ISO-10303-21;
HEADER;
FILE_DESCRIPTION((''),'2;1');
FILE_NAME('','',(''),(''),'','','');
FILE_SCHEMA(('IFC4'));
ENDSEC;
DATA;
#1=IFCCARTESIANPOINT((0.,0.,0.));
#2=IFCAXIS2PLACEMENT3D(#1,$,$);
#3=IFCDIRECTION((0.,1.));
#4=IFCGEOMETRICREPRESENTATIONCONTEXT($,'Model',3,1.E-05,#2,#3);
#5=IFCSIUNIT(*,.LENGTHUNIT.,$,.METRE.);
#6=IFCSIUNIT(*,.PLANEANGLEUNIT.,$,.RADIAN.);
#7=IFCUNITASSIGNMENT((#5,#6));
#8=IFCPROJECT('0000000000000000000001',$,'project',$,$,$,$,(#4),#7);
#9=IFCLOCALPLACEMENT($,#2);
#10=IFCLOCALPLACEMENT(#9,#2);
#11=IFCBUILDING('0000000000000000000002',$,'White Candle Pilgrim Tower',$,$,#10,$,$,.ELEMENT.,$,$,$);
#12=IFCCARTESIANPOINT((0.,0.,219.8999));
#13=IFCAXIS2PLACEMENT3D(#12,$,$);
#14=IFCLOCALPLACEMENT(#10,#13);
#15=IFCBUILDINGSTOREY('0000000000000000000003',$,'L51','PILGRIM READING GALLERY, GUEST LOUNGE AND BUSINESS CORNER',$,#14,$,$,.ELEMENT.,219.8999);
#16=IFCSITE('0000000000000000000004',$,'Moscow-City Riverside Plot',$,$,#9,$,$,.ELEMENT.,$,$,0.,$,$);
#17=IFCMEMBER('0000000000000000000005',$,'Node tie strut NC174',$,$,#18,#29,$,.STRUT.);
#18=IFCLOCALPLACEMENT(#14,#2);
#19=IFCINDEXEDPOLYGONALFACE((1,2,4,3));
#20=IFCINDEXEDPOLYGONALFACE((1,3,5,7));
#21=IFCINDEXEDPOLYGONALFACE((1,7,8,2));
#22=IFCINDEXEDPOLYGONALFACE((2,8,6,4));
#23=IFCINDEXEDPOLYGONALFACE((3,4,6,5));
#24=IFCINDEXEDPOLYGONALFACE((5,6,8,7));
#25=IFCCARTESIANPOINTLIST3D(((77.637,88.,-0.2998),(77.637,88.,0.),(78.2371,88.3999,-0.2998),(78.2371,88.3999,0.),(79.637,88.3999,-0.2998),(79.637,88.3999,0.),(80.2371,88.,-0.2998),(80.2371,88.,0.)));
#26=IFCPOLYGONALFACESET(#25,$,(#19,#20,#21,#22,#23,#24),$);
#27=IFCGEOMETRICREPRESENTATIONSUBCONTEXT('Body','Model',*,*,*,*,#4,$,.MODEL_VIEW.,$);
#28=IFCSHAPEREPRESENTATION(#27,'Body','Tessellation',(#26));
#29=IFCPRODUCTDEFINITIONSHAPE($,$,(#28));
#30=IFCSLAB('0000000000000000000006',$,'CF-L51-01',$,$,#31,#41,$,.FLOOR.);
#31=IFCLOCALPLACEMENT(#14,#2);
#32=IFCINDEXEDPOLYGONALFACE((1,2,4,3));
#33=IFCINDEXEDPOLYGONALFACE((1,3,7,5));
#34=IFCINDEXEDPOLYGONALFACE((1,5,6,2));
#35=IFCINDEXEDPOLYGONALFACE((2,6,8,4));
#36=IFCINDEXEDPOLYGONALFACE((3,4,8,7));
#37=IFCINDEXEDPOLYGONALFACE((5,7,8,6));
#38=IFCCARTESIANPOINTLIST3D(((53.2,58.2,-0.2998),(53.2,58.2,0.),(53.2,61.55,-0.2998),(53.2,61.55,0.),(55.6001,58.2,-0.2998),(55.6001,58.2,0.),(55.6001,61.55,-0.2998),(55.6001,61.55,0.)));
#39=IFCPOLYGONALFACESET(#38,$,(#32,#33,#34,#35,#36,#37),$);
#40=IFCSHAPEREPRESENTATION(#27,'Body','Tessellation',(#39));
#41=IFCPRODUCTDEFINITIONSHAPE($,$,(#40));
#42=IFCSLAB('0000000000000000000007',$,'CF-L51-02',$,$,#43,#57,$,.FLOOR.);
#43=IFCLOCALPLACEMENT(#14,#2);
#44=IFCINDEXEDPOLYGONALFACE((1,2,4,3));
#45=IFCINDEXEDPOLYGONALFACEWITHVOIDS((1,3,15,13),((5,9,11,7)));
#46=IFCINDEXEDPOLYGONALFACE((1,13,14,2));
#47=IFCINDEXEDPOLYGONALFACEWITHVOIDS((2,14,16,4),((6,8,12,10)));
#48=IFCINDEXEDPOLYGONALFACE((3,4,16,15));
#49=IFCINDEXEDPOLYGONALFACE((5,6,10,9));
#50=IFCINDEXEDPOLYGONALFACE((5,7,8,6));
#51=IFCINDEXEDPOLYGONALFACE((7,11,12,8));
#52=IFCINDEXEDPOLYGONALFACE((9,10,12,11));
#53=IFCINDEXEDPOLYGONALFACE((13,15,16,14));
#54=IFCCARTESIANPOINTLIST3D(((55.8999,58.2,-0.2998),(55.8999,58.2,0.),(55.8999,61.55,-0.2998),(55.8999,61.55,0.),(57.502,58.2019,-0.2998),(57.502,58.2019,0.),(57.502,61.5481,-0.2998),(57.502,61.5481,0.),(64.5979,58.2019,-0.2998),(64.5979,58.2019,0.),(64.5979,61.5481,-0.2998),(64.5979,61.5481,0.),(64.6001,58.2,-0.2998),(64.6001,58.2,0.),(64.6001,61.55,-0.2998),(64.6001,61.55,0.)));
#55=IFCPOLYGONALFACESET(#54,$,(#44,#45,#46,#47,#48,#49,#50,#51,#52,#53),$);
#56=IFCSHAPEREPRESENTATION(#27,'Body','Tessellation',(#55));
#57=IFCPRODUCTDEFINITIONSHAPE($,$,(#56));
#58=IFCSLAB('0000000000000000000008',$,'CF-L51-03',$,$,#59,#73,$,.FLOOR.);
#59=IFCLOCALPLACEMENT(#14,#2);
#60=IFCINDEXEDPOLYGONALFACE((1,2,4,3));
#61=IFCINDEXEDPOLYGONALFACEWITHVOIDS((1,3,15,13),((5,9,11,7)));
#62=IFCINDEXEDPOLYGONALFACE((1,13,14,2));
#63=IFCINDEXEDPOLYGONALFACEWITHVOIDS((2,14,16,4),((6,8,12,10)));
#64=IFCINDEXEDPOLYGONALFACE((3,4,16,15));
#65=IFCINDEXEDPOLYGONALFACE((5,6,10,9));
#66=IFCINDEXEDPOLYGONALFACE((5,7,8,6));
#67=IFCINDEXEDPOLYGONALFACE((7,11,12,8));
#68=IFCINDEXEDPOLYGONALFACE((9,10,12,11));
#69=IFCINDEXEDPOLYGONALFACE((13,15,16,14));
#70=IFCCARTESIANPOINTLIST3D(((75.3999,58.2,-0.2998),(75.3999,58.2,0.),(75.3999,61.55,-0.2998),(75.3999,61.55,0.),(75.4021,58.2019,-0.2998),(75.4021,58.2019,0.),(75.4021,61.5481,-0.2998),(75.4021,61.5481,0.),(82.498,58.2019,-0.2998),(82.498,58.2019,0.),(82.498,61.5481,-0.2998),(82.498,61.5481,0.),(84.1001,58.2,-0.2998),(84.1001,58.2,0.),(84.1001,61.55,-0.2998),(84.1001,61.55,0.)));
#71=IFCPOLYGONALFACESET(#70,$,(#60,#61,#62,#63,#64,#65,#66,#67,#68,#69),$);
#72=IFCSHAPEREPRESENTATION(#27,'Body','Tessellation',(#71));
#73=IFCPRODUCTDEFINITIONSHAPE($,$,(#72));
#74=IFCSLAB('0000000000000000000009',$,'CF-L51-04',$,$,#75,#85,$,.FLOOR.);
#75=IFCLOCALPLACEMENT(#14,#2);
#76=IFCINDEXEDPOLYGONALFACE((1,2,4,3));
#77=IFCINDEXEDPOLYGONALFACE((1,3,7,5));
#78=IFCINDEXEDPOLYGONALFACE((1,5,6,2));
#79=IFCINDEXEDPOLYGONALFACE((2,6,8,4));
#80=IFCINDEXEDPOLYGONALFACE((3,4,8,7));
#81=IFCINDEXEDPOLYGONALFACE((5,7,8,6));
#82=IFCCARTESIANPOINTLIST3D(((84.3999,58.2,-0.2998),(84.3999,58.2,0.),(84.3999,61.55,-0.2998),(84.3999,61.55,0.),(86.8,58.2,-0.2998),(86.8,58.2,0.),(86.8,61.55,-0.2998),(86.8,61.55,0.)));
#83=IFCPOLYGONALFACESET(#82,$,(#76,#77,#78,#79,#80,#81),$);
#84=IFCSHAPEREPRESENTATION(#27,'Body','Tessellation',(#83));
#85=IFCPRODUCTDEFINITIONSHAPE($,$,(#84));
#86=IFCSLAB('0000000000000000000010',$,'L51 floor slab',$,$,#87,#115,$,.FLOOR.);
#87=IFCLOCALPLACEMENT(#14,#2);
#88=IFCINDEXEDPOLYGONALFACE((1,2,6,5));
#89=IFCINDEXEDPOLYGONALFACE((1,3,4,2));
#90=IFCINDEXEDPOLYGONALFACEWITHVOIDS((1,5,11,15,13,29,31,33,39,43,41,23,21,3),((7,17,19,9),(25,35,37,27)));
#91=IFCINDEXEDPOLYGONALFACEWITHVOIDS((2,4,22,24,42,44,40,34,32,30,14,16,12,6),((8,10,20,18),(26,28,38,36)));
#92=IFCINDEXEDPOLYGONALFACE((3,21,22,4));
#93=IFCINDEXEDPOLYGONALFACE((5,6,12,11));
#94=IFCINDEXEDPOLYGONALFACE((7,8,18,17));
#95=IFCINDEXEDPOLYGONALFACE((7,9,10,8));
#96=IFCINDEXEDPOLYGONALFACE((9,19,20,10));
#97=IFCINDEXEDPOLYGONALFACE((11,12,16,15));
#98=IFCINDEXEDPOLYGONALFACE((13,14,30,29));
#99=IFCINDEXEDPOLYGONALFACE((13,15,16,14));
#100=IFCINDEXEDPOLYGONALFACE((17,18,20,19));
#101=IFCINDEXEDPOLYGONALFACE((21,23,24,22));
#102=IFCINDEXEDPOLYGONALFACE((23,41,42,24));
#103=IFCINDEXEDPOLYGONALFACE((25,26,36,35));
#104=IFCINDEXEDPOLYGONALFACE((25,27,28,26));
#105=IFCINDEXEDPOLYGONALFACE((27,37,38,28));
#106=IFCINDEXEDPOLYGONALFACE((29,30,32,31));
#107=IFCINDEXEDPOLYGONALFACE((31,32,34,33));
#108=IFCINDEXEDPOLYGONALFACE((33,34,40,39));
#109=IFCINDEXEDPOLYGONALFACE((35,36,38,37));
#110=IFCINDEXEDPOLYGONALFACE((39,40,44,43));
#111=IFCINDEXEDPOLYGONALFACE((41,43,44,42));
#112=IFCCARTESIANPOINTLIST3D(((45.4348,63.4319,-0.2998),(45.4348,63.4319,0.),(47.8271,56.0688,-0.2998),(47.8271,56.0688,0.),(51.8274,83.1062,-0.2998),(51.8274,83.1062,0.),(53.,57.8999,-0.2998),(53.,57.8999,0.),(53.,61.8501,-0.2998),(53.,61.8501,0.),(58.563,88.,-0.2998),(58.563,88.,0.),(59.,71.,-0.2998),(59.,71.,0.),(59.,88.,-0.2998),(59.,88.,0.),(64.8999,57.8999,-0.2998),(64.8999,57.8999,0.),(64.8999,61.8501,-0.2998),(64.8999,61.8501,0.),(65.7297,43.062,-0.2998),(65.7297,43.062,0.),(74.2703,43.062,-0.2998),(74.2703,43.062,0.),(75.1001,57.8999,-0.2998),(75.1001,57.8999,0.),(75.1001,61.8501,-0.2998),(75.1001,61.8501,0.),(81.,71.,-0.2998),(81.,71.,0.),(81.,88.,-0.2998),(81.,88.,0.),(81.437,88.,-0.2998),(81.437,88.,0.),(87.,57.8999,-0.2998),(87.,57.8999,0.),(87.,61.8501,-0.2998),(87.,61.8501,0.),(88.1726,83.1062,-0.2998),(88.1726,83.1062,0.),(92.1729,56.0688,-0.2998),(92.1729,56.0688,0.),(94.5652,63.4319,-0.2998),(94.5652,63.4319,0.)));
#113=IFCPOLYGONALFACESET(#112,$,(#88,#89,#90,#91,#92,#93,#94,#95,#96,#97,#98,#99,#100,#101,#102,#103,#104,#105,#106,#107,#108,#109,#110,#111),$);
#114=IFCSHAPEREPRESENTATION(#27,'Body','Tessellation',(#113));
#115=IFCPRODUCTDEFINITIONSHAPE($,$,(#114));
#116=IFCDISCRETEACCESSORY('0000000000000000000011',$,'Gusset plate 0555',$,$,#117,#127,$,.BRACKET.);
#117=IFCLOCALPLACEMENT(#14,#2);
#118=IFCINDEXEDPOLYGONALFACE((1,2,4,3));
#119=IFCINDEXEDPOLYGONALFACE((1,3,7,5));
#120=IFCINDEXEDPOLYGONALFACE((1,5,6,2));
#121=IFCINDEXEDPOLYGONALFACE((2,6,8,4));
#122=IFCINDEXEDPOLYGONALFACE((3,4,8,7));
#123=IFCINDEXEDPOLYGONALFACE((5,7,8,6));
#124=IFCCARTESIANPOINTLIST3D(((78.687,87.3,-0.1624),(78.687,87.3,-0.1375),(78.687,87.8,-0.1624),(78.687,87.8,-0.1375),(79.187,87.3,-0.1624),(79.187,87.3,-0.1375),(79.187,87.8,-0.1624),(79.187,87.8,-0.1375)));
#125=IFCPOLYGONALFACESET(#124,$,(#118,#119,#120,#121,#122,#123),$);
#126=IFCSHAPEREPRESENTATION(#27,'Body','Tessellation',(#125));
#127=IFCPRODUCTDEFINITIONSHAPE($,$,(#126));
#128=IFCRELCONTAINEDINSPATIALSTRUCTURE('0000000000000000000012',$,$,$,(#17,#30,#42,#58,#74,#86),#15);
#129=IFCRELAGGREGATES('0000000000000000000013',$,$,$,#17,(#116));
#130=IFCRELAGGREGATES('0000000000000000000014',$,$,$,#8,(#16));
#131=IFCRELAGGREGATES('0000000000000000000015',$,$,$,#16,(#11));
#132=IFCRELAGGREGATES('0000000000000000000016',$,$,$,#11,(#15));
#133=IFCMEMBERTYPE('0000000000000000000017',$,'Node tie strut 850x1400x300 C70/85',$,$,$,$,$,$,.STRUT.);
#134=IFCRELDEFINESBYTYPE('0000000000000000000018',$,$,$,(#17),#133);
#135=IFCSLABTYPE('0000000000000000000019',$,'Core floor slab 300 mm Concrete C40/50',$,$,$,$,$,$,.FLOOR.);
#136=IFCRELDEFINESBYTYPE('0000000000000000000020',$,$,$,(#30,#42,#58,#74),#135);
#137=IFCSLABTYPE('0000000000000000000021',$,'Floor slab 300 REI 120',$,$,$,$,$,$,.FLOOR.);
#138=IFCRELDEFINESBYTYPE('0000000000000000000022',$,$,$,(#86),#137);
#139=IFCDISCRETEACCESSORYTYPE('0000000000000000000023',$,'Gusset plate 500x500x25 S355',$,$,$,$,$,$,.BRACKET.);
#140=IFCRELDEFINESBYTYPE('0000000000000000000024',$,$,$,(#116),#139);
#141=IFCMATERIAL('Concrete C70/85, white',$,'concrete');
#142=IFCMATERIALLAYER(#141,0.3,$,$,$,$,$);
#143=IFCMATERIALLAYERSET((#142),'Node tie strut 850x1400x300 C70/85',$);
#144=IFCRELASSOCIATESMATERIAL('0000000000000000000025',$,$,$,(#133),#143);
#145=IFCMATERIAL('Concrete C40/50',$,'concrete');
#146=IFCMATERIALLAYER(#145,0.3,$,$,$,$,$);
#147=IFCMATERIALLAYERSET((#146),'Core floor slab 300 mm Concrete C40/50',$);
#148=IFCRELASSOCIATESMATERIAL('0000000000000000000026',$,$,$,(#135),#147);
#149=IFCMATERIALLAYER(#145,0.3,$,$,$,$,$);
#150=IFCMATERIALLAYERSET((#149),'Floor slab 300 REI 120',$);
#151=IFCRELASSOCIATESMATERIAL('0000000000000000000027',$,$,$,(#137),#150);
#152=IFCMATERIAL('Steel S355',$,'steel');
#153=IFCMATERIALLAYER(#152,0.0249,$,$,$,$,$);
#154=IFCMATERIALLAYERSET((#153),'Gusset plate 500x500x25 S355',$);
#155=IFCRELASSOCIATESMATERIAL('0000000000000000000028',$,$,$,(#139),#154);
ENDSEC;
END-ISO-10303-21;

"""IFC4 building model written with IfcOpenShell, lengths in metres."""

from ifc_helpers import new_model, si_unit, direction, frame, origin, origin_2d, place, context, subcontext, project, spatial, polyline, rectangle, outline, extrude, material, layer, layer_set, type_object, element, aggregate, save


model = new_model("IFC4")

# Units and contexts
model_context = context("Model", 3, precision=1e-05, world=origin(), true_north=direction((0.0, 1.0)))
body_context = subcontext(model_context, "Body", "Model", "MODEL_VIEW")
ifc_project = project(units=[si_unit("LENGTHUNIT", "METRE"), si_unit("PLANEANGLEUNIT", "RADIAN")], contexts=[model_context])

# Site, building, storey
site_placement = place(None, origin())
site = spatial("IfcSite", under=ifc_project, at=site_placement, Name="Moscow-City Riverside Plot", CompositionType="ELEMENT", RefElevation=0.0)
building_placement = place(site_placement, origin())
building = spatial("IfcBuilding", under=site, at=building_placement, Name="White Candle Pilgrim Tower", CompositionType="ELEMENT")
storey_placement = place(building_placement, frame((0.0, 0.0, 219.8999)))
storey = spatial("IfcBuildingStorey", under=building, at=storey_placement, Name="L51", Description="PILGRIM READING GALLERY, GUEST LOUNGE AND BUSINESS CORNER", CompositionType="ELEMENT", Elevation=219.8999)

# Member
ifc_material_1 = material(Name="Concrete C70/85, white", Category="concrete")
ifc_layer_1 = layer(ifc_material_1, 0.3)
ifc_layer_set_1 = layer_set([ifc_layer_1], Name="Node tie strut 850x1400x300 C70/85")
member_type_1 = type_object("IfcMemberType", Name="Node tie strut 850x1400x300 C70/85", PredefinedType="STRUT", material=ifc_layer_set_1)
member_1_placement = place(storey_placement, frame((0.0, 0.0, -0.2998)))
member_1 = element("IfcMember", 1, at=member_1_placement, inside=storey, type_object=member_type_1, Name="Node tie strut NC174", PredefinedType="STRUT", context=body_context, shape_type="SweptSolid", body=[
    extrude(outline(polyline([(77.637, 88.0), (80.2371, 88.0), (79.637, 88.3999), (78.2371, 88.3999), (77.637, 88.0)])), origin(), (0.0, 0.0, 1.0), 0.2998),
])

# Slabs
ifc_material_2 = material(Name="Concrete C40/50", Category="concrete")
ifc_layer_2 = layer(ifc_material_2, 0.3)
ifc_layer_set_2 = layer_set([ifc_layer_2], Name="Core floor slab 300 mm Concrete C40/50")
slab_type_1 = type_object("IfcSlabType", Name="Core floor slab 300 mm Concrete C40/50", PredefinedType="FLOOR", material=ifc_layer_set_2)
slab_1_placement = place(storey_placement, frame((0.0, 0.0, -0.2998)))
element("IfcSlab", 2, at=slab_1_placement, inside=storey, type_object=slab_type_1, Name="CF-L51-01", PredefinedType="FLOOR", context=body_context, shape_type="SweptSolid", body=[
    extrude(outline(polyline([(55.6001, 58.2), (53.2, 58.2), (53.2, 61.55), (55.6001, 61.55), (55.6001, 58.2)])), origin(), (0.0, 0.0, 1.0), 0.2998),
])
slab_2_placement = place(storey_placement, frame((0.0, 0.0, -0.2998)))
element("IfcSlab", 3, at=slab_2_placement, inside=storey, type_object=slab_type_1, Name="CF-L51-02", PredefinedType="FLOOR", context=body_context, shape_type="SweptSolid", body=[
    extrude(outline(polyline([(55.8999, 58.2), (55.8999, 61.55), (64.6001, 61.55), (64.6001, 58.2), (55.8999, 58.2)]), holes=[polyline([(57.502, 61.5481), (57.502, 58.2019), (64.5979, 58.2019), (64.5979, 61.5481), (57.502, 61.5481)])]), origin(), (0.0, 0.0, 1.0), 0.2998),
])
slab_3_placement = place(storey_placement, frame((0.0, 0.0, -0.2998)))
element("IfcSlab", 4, at=slab_3_placement, inside=storey, type_object=slab_type_1, Name="CF-L51-03", PredefinedType="FLOOR", context=body_context, shape_type="SweptSolid", body=[
    extrude(outline(polyline([(75.3999, 58.2), (75.3999, 61.55), (84.1001, 61.55), (84.1001, 58.2), (75.3999, 58.2)]), holes=[polyline([(82.498, 58.2019), (82.498, 61.5481), (75.4021, 61.5481), (75.4021, 58.2019), (82.498, 58.2019)])]), origin(), (0.0, 0.0, 1.0), 0.2998),
])
slab_4_placement = place(storey_placement, frame((0.0, 0.0, -0.2998)))
element("IfcSlab", 5, at=slab_4_placement, inside=storey, type_object=slab_type_1, Name="CF-L51-04", PredefinedType="FLOOR", context=body_context, shape_type="SweptSolid", body=[
    extrude(outline(polyline([(86.8, 58.2), (84.3999, 58.2), (84.3999, 61.55), (86.8, 61.55), (86.8, 58.2)])), origin(), (0.0, 0.0, 1.0), 0.2998),
])
ifc_layer_3 = layer(ifc_material_2, 0.3)
ifc_layer_set_3 = layer_set([ifc_layer_3], Name="Floor slab 300 REI 120")
slab_type_2 = type_object("IfcSlabType", Name="Floor slab 300 REI 120", PredefinedType="FLOOR", material=ifc_layer_set_3)
slab_5_placement = place(storey_placement, frame((0.0, 0.0, -0.2998)))
element("IfcSlab", 6, at=slab_5_placement, inside=storey, type_object=slab_type_2, Name="L51 floor slab", PredefinedType="FLOOR", context=body_context, shape_type="SweptSolid", body=[
    extrude(outline(polyline([(65.7297, 43.062), (74.2703, 43.062), (92.1729, 56.0688), (94.5652, 63.4319), (88.1726, 83.1062), (81.437, 88.0), (81.0, 88.0), (81.0, 71.0), (59.0, 71.0), (59.0, 88.0), (58.563, 88.0), (51.8274, 83.1062), (45.4348, 63.4319), (47.8271, 56.0688), (65.7297, 43.062)]), holes=[polyline([(53.0, 57.8999), (53.0, 61.8501), (64.8999, 61.8501), (64.8999, 57.8999), (53.0, 57.8999)]), polyline([(75.1001, 57.8999), (75.1001, 61.8501), (87.0, 61.8501), (87.0, 57.8999), (75.1001, 57.8999)])]), origin(), (0.0, 0.0, 1.0), 0.2998),
])

# Discrete accessory
ifc_material_3 = material(Name="Steel S355", Category="steel")
ifc_layer_4 = layer(ifc_material_3, 0.0249)
ifc_layer_set_4 = layer_set([ifc_layer_4], Name="Gusset plate 500x500x25 S355")
discrete_accessory_type = type_object("IfcDiscreteAccessoryType", Name="Gusset plate 500x500x25 S355", PredefinedType="BRACKET", material=ifc_layer_set_4)
discrete_accessory_1_placement = place(storey_placement, frame((78.937, 87.55, -0.1624), z_axis=(0.0, 0.0, 1.0), x_axis=(1.0, 0.0, 0.0)))
discrete_accessory_1 = element("IfcDiscreteAccessory", 7, at=discrete_accessory_1_placement, type_object=discrete_accessory_type, Name="Gusset plate 0555", PredefinedType="BRACKET", context=body_context, shape_type="SweptSolid", body=[
    extrude(rectangle(XDim=0.5, YDim=0.5, at=origin_2d()), origin(), (0.0, 0.0, 1.0), 0.0249),
])
aggregate(member_1, [discrete_accessory_1])

save(model, "model.ifc")
